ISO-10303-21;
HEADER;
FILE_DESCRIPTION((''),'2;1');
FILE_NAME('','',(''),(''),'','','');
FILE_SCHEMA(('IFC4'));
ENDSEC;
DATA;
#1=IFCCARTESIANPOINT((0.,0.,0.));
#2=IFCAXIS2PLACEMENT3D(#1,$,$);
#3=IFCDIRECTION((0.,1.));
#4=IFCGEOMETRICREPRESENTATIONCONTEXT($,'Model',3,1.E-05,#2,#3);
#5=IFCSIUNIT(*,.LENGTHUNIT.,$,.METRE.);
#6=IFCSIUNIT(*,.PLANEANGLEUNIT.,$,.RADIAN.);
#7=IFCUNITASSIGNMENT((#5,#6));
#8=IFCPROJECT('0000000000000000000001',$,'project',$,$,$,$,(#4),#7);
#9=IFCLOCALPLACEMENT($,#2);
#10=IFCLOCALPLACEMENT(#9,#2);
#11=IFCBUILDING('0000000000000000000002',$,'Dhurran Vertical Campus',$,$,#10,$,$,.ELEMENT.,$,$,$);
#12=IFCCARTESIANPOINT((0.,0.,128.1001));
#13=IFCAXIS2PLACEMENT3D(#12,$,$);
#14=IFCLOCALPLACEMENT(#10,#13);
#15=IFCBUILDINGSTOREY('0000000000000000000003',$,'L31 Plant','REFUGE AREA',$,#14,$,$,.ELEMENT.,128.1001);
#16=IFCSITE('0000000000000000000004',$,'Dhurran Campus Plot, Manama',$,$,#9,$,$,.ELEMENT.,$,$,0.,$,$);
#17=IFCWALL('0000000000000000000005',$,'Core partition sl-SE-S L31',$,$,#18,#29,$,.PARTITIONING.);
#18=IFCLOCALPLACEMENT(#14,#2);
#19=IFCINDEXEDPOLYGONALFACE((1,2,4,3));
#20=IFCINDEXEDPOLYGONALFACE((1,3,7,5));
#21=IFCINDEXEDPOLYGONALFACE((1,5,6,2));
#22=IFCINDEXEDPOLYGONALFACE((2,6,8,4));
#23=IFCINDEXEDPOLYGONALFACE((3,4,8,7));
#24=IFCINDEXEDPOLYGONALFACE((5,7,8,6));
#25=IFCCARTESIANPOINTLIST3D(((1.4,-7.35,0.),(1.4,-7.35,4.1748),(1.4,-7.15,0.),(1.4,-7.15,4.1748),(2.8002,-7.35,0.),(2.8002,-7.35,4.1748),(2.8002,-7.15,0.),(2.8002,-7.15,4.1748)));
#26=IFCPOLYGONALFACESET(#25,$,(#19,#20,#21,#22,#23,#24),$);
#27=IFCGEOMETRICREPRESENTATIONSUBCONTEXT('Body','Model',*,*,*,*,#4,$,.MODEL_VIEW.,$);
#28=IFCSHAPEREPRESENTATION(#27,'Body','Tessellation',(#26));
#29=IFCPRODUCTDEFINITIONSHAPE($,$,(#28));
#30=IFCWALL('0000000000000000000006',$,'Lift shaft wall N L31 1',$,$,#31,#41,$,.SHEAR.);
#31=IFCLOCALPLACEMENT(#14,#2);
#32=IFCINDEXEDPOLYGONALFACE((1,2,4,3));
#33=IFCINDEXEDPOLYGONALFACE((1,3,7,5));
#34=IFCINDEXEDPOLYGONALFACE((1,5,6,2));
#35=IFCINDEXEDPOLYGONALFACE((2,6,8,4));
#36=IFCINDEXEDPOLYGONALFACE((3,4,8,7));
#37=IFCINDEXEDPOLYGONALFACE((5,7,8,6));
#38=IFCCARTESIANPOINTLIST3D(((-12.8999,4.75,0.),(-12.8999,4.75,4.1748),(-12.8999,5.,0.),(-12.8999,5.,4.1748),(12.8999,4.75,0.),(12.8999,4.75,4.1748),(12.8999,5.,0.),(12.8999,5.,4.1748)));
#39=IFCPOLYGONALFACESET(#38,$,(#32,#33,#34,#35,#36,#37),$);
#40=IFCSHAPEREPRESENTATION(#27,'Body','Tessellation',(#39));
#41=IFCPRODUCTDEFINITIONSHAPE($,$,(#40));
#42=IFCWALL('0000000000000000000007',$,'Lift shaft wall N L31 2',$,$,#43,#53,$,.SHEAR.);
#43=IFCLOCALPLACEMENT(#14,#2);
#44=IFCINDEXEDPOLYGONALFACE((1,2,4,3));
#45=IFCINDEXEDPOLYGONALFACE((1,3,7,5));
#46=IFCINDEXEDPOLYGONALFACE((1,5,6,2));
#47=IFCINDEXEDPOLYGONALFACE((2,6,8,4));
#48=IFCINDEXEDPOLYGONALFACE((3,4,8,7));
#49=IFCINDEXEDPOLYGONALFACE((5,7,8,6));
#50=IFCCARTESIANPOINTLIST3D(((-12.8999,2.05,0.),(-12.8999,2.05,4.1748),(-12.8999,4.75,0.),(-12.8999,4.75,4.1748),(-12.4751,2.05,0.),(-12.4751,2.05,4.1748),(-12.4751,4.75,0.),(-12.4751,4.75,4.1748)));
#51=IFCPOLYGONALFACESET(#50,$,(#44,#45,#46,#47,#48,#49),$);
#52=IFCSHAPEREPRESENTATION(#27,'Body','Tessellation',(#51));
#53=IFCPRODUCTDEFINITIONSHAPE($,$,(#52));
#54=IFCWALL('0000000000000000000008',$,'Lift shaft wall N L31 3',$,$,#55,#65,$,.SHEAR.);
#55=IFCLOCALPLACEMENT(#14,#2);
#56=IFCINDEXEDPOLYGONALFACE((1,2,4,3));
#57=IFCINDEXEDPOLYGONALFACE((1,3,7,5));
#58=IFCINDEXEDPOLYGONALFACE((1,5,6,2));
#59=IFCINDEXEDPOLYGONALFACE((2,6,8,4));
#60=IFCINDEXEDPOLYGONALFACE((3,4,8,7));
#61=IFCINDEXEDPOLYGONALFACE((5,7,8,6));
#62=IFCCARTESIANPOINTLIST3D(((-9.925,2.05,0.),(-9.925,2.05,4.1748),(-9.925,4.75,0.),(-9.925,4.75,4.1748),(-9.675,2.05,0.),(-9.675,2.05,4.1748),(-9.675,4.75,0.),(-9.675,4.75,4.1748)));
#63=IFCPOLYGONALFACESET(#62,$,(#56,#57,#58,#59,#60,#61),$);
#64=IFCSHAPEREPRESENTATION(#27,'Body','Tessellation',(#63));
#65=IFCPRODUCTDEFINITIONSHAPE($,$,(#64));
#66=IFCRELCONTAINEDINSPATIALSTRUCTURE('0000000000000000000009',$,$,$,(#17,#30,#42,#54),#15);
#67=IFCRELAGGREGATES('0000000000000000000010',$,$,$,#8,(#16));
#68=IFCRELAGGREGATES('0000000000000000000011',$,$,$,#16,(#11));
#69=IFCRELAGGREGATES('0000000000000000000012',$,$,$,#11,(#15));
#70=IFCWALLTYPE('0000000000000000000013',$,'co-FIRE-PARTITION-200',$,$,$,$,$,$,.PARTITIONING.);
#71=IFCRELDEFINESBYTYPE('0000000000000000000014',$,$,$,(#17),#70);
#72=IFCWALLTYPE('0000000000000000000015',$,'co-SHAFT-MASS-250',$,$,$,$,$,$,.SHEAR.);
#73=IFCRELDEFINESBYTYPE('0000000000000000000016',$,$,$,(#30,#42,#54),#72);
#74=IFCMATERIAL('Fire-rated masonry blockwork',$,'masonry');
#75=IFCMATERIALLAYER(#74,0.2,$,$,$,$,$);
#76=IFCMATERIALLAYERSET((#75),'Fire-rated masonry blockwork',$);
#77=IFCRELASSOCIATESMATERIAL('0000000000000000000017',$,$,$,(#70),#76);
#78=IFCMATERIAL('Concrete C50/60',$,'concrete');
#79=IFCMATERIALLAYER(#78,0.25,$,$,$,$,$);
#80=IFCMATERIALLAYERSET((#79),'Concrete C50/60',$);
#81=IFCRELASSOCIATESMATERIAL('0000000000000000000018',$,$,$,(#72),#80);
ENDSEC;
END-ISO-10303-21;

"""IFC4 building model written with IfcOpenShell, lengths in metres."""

from ifc_helpers import new_model, si_unit, direction, frame, frame_2d, origin, place, context, subcontext, project, spatial, polyline, rectangle, outline, extrude, material, layer, layer_set, type_object, element, save


model = new_model("IFC4")

# Units and contexts
model_context = context("Model", 3, precision=1e-05, world=origin(), true_north=direction((0.0, 1.0)))
body_context = subcontext(model_context, "Body", "Model", "MODEL_VIEW")
ifc_project = project(units=[si_unit("LENGTHUNIT", "METRE"), si_unit("PLANEANGLEUNIT", "RADIAN")], contexts=[model_context])

# Site, building, storey
site_placement = place(None, origin())
site = spatial("IfcSite", under=ifc_project, at=site_placement, Name="Dhurran Campus Plot, Manama", CompositionType="ELEMENT", RefElevation=0.0)
building_placement = place(site_placement, origin())
building = spatial("IfcBuilding", under=site, at=building_placement, Name="Dhurran Vertical Campus", CompositionType="ELEMENT")
storey_placement = place(building_placement, frame((0.0, 0.0, 128.1001)))
storey = spatial("IfcBuildingStorey", under=building, at=storey_placement, Name="L31 Plant", Description="REFUGE AREA", CompositionType="ELEMENT", Elevation=128.1001)

# Walls
ifc_material_1 = material(Name="Fire-rated masonry blockwork", Category="masonry")
ifc_layer_1 = layer(ifc_material_1, 0.2)
ifc_layer_set_1 = layer_set([ifc_layer_1], Name="Fire-rated masonry blockwork")
wall_type_1 = type_object("IfcWallType", Name="co-FIRE-PARTITION-200", PredefinedType="PARTITIONING", material=ifc_layer_set_1)
wall_1_placement = place(storey_placement, frame((1.3999, -7.25, 0.0), z_axis=(0.0, 0.0, 1.0), x_axis=(1.0, 0.0, 0.0)))
element("IfcWall", 1, at=wall_1_placement, inside=storey, type_object=wall_type_1, Name="Core partition sl-SE-S L31", PredefinedType="PARTITIONING", context=body_context, shape_type="SweptSolid", body=[
    extrude(rectangle(XDim=1.4001, YDim=0.2, at=frame_2d((0.7002, 0.0))), origin(), (0.0, 0.0, 1.0), 4.1748),
])
ifc_material_2 = material(Name="Concrete C50/60", Category="concrete")
ifc_layer_2 = layer(ifc_material_2, 0.25)
ifc_layer_set_2 = layer_set([ifc_layer_2], Name="Concrete C50/60")
wall_type_2 = type_object("IfcWallType", Name="co-SHAFT-MASS-250", PredefinedType="SHEAR", material=ifc_layer_set_2)
wall_2_placement = place(storey_placement, origin())
element("IfcWall", 2, at=wall_2_placement, inside=storey, type_object=wall_type_2, Name="Lift shaft wall N L31 1", PredefinedType="SHEAR", context=body_context, shape_type="SweptSolid", body=[
    extrude(outline(polyline([(-12.8999, 4.75), (12.8999, 4.75), (12.8999, 5.0), (-12.8999, 5.0), (-12.8999, 4.75)])), origin(), (0.0, 0.0, 1.0), 4.1748),
])
wall_3_placement = place(storey_placement, origin())
element("IfcWall", 3, at=wall_3_placement, inside=storey, type_object=wall_type_2, Name="Lift shaft wall N L31 2", PredefinedType="SHEAR", context=body_context, shape_type="SweptSolid", body=[
    extrude(outline(polyline([(-12.8999, 2.05), (-12.4751, 2.05), (-12.4751, 4.75), (-12.8999, 4.75), (-12.8999, 2.05)])), origin(), (0.0, 0.0, 1.0), 4.1748),
])
wall_4_placement = place(storey_placement, origin())
element("IfcWall", 4, at=wall_4_placement, inside=storey, type_object=wall_type_2, Name="Lift shaft wall N L31 3", PredefinedType="SHEAR", context=body_context, shape_type="SweptSolid", body=[
    extrude(outline(polyline([(-9.925, 2.05), (-9.675, 2.05), (-9.675, 4.75), (-9.925, 4.75), (-9.925, 2.05)])), origin(), (0.0, 0.0, 1.0), 4.1748),
])

save(model, "model.ifc")
